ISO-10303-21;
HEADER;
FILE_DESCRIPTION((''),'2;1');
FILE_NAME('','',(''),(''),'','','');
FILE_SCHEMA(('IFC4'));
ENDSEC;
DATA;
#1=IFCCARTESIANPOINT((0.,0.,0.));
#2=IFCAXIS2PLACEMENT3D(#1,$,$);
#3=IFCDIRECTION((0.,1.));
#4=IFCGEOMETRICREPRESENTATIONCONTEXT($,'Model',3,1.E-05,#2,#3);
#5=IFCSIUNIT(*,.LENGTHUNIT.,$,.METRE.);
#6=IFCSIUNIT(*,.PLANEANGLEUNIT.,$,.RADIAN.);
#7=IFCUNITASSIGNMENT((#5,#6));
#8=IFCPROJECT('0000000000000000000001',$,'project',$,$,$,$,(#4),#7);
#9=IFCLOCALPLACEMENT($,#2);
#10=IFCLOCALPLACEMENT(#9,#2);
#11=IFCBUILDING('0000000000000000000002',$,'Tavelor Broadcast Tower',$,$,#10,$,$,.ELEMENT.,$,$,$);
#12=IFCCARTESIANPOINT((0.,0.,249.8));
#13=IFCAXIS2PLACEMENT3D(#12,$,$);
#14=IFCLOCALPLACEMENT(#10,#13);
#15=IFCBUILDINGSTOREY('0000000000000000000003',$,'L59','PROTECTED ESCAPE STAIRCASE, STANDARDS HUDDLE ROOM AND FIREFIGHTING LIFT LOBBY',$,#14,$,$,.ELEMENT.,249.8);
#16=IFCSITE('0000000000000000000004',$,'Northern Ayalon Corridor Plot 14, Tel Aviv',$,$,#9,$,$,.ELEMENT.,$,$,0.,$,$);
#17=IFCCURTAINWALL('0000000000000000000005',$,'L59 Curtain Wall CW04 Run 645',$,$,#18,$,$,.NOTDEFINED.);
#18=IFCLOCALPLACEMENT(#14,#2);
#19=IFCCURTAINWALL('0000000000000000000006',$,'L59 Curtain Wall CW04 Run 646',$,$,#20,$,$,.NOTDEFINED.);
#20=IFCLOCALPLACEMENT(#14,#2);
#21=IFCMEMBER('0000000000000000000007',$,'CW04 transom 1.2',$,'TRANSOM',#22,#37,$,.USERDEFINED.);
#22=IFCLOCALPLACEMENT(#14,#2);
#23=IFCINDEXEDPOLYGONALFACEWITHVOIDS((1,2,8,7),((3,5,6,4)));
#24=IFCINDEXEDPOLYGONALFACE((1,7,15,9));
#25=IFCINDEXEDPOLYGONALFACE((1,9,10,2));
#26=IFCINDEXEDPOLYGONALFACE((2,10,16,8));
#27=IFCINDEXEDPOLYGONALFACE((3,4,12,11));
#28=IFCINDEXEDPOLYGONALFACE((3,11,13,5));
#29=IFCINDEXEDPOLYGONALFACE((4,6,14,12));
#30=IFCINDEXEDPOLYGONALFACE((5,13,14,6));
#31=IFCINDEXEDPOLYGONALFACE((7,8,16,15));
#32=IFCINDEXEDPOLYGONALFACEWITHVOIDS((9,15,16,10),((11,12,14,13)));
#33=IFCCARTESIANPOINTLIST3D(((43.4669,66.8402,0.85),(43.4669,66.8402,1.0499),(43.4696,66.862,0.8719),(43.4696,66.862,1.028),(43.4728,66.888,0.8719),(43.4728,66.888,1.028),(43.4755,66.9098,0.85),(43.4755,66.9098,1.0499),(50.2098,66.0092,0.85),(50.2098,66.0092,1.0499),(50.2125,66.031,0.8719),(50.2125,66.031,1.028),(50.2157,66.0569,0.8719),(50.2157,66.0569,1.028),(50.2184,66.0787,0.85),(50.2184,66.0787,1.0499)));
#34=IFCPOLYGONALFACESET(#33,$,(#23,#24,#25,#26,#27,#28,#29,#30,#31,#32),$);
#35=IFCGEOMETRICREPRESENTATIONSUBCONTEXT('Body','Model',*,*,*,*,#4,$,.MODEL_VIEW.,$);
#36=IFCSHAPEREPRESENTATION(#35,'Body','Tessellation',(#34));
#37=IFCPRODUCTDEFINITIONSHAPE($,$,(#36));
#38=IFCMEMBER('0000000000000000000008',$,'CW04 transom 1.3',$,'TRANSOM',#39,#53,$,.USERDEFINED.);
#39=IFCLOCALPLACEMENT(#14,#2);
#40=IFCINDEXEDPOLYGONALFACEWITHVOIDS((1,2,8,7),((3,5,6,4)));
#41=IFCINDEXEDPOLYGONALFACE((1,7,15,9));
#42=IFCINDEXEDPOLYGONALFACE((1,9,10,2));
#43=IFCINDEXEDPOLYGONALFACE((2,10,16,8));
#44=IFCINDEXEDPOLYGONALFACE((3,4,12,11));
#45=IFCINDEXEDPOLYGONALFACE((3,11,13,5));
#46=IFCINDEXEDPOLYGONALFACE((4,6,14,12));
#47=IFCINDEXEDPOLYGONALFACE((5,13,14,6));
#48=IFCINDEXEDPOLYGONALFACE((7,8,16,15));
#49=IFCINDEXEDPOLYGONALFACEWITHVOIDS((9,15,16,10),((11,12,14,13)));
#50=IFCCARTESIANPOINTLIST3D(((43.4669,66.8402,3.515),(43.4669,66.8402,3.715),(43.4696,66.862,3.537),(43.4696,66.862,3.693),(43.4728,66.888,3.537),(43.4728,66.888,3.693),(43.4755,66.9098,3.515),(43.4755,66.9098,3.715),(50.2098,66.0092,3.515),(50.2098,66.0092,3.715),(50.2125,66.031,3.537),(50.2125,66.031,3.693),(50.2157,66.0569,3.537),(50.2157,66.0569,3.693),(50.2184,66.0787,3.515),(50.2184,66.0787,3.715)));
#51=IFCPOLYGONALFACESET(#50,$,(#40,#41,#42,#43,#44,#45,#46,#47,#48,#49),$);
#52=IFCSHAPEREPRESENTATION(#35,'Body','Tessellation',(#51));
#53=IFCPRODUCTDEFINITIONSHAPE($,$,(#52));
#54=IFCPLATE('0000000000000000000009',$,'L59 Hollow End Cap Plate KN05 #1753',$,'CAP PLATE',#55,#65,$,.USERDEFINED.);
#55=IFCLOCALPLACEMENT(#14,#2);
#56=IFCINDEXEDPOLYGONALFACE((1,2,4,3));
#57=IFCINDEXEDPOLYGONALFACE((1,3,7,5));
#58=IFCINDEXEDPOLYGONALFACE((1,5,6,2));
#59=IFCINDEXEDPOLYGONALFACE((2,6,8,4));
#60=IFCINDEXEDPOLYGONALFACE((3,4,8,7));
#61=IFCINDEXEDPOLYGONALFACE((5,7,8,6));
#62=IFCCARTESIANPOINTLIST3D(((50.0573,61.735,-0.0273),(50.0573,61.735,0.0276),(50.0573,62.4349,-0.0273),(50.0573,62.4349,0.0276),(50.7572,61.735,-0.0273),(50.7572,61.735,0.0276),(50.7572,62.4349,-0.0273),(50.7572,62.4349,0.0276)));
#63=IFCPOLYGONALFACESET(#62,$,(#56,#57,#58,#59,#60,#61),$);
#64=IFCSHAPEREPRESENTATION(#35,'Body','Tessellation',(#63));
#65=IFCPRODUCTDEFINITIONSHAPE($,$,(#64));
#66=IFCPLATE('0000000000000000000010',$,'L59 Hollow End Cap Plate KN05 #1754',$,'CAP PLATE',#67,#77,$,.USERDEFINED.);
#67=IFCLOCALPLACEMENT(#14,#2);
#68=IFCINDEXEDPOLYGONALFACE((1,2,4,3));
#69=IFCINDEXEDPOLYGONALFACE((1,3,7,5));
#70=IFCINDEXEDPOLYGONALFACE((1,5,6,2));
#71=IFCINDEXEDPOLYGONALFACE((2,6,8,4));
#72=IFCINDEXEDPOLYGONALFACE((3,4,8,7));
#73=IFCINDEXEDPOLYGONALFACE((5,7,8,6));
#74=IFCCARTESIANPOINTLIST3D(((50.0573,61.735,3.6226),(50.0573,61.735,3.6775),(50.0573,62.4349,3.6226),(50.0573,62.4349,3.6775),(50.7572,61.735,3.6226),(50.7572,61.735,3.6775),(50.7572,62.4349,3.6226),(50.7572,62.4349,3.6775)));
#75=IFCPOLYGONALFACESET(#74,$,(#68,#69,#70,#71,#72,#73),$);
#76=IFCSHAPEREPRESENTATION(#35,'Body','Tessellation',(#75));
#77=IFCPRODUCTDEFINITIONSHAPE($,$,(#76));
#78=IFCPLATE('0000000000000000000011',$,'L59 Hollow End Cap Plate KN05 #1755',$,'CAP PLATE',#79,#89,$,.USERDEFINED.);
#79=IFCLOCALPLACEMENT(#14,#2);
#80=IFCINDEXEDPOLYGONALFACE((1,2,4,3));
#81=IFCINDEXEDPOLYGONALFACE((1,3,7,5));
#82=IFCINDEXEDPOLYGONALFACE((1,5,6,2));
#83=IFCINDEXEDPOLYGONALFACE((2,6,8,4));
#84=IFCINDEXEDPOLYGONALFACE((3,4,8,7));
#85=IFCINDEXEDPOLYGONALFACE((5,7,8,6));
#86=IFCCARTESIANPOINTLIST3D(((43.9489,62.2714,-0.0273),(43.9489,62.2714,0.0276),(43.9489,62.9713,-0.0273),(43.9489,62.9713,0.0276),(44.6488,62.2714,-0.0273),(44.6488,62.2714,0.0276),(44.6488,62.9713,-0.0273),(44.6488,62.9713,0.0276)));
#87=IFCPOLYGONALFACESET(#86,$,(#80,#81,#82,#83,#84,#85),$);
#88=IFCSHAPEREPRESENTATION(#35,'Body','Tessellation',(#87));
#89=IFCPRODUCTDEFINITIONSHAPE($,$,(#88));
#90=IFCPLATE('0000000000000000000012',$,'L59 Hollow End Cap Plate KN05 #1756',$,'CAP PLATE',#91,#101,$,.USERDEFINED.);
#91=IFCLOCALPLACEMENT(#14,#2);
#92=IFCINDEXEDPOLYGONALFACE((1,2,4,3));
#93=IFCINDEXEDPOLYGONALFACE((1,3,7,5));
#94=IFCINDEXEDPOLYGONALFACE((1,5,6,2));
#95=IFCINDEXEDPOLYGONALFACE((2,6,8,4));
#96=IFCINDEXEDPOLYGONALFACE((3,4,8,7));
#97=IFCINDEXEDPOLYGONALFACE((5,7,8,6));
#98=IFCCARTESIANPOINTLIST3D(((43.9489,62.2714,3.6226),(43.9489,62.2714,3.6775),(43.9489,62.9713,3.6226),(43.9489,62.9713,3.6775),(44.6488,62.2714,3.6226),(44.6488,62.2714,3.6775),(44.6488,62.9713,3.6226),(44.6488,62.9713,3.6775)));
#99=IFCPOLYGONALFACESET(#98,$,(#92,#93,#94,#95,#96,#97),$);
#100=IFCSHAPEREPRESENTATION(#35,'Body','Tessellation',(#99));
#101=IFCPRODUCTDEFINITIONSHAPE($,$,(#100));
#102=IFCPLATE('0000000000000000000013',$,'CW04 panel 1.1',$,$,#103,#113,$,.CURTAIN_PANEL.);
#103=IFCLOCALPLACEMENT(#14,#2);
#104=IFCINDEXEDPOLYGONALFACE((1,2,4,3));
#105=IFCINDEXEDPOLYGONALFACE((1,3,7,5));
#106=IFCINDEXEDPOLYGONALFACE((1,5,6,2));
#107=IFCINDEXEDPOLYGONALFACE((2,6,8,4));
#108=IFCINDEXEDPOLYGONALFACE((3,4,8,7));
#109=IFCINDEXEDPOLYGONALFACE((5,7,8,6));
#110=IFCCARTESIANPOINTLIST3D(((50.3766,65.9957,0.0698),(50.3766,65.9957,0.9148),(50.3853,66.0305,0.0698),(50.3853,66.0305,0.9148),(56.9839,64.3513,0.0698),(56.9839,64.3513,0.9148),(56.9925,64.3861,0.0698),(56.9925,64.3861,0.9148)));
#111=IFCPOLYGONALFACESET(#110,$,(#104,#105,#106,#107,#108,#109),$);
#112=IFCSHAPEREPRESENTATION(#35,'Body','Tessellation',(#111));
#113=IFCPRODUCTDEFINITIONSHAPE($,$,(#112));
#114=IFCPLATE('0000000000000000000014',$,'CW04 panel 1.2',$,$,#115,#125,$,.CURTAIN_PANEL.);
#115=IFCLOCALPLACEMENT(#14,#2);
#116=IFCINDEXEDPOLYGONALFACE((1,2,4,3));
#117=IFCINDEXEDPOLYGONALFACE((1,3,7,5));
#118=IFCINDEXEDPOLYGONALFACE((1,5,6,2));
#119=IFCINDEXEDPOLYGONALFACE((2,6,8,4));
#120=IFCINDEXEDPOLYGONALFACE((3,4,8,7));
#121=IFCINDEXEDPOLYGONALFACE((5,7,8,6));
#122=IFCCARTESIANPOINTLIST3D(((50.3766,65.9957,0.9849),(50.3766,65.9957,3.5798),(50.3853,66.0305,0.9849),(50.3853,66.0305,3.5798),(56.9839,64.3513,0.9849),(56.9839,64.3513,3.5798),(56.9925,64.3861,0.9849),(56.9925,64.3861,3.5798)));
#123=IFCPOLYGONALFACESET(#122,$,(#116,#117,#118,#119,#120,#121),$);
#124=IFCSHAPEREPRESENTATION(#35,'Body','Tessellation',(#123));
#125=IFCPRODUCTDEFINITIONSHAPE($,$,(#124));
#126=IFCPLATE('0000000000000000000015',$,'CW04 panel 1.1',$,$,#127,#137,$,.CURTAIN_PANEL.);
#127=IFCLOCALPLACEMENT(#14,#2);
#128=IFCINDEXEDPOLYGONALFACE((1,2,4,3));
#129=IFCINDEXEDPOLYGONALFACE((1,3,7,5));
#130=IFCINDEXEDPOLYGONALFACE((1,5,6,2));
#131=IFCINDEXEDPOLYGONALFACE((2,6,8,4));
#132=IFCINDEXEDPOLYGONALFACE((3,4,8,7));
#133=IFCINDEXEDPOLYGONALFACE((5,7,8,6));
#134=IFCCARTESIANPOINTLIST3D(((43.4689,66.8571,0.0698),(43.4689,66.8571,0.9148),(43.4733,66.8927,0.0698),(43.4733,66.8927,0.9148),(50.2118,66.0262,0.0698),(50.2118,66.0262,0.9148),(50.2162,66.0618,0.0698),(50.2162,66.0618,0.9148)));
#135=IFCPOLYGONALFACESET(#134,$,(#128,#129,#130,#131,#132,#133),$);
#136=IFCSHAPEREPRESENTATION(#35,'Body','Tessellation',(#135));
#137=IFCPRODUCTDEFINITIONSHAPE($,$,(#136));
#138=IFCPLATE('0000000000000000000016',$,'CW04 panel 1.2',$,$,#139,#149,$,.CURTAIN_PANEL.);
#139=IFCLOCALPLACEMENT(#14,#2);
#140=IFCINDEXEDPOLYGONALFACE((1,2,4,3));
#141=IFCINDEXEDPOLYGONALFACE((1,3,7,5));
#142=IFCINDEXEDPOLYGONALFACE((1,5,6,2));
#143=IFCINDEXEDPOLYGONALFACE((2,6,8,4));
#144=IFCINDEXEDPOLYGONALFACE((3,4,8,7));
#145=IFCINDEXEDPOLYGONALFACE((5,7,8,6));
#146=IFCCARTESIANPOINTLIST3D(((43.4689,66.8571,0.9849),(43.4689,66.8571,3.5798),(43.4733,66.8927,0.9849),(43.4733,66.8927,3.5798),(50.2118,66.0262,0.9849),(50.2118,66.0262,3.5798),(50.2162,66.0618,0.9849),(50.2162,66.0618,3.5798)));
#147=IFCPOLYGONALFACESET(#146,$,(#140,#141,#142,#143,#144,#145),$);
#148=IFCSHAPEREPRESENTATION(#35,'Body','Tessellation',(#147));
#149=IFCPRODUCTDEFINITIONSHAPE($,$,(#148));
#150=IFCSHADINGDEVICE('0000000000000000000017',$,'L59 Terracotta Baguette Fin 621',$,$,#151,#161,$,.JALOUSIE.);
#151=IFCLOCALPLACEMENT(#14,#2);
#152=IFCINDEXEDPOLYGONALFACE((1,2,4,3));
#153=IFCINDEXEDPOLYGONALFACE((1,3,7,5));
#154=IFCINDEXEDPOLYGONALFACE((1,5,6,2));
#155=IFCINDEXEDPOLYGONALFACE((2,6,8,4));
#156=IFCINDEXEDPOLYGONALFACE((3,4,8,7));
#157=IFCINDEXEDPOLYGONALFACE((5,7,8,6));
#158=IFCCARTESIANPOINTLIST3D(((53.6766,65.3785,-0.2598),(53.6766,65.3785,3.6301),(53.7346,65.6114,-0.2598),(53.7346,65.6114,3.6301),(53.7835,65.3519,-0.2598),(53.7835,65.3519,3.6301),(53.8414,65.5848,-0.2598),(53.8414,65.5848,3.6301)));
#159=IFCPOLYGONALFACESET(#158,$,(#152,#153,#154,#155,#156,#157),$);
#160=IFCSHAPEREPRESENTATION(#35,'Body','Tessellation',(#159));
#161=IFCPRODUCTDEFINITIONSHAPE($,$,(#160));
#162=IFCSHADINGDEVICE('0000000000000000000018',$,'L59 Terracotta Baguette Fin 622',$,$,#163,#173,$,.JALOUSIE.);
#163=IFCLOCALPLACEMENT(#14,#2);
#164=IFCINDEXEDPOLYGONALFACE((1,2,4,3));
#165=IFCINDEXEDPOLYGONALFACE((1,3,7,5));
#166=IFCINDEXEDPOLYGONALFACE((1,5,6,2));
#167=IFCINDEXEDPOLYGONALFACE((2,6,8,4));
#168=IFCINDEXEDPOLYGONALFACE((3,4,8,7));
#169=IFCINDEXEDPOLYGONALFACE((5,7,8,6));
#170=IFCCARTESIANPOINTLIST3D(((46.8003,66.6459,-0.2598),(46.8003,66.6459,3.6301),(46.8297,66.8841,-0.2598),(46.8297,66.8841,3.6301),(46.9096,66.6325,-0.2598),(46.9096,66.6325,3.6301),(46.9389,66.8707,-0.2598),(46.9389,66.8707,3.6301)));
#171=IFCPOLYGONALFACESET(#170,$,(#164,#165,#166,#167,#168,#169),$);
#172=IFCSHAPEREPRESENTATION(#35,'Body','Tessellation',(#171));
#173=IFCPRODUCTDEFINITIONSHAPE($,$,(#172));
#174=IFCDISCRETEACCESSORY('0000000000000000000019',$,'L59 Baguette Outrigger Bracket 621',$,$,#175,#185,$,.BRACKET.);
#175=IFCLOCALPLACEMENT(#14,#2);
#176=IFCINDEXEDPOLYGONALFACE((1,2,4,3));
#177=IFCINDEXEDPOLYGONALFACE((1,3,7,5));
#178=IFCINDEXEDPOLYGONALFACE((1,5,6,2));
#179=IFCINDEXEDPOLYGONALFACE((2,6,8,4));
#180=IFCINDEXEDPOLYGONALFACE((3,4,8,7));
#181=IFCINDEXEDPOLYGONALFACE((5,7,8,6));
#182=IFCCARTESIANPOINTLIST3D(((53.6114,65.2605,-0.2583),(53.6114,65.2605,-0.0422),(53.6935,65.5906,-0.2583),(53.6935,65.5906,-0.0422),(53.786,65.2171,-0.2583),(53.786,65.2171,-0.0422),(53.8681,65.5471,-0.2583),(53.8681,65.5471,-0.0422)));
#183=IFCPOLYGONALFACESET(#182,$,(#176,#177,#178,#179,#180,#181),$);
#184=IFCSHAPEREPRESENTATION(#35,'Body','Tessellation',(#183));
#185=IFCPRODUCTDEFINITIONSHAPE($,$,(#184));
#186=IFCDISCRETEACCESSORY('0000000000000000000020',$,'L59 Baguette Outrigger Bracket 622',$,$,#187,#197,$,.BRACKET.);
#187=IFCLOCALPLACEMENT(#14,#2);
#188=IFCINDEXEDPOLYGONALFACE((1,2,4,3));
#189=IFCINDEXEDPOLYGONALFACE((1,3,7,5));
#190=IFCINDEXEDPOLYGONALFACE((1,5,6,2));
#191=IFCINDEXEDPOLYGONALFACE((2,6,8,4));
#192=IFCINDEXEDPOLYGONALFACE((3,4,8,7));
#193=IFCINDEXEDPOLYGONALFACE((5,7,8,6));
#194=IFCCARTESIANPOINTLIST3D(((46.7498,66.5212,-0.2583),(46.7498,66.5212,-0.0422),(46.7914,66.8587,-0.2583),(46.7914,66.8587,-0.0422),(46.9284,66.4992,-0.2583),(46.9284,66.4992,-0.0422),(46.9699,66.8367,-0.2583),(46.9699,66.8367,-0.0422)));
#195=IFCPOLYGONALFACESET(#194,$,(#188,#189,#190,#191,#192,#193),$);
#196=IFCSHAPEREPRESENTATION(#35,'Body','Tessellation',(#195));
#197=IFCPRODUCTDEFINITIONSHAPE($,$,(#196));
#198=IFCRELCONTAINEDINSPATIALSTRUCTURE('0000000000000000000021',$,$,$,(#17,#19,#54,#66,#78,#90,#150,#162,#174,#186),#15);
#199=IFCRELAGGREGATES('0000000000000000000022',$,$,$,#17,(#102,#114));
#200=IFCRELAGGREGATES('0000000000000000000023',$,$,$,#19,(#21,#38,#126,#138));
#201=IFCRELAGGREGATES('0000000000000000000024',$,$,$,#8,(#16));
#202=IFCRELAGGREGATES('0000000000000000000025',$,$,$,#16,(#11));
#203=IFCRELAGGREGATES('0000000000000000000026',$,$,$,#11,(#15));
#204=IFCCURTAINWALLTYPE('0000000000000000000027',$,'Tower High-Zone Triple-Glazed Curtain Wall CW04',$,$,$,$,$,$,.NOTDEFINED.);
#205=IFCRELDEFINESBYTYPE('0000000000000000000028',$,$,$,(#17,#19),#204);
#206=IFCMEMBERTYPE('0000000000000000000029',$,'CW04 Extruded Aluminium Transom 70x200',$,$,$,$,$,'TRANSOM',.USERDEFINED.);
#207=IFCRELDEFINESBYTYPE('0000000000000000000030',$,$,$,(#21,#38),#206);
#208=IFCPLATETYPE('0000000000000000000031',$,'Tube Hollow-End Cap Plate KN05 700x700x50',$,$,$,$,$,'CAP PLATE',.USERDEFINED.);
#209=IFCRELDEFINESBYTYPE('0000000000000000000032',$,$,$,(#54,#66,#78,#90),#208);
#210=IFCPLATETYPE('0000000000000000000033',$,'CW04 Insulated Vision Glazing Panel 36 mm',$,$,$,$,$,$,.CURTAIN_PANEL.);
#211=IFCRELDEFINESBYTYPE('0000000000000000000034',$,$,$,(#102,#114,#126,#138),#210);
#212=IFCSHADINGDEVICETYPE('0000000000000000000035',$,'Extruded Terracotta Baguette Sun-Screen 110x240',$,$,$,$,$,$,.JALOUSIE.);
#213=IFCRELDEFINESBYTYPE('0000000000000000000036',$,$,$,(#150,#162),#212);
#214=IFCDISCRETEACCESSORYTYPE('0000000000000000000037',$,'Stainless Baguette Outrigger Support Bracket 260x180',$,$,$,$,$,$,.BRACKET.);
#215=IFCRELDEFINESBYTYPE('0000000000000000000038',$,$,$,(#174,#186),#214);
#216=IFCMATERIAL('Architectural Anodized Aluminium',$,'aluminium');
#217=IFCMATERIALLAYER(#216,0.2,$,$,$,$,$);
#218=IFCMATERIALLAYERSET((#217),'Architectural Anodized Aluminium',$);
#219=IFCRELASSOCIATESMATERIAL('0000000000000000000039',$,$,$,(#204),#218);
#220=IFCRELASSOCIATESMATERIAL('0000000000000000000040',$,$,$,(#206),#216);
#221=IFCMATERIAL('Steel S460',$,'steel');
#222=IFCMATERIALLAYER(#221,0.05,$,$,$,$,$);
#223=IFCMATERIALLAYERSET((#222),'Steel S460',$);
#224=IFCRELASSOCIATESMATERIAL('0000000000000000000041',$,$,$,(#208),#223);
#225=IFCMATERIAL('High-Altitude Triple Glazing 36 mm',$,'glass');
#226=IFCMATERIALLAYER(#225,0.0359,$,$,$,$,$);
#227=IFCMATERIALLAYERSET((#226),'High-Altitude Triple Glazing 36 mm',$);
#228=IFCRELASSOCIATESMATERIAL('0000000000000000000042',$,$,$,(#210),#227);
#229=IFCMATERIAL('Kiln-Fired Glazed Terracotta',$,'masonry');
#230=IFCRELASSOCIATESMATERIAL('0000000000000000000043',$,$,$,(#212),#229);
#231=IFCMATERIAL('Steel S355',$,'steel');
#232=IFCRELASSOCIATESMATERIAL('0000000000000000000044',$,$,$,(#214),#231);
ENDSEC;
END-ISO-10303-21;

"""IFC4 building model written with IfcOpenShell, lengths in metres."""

from ifc_helpers import new_model, si_unit, direction, frame, origin, origin_2d, place, context, subcontext, project, spatial, rectangle, hollow_rectangle, extrude, source, transform, mapped, material, layer, layer_set, material_profile, profile_set, type_object, type_shapes, element, aggregate, save


model = new_model("IFC4")

# Units and contexts
model_context = context("Model", 3, precision=1e-05, world=origin(), true_north=direction((0.0, 1.0)))
body_context = subcontext(model_context, "Body", "Model", "MODEL_VIEW")
ifc_project = project(units=[si_unit("LENGTHUNIT", "METRE"), si_unit("PLANEANGLEUNIT", "RADIAN")], contexts=[model_context])

# Site, building, storey
site_placement = place(None, origin())
site = spatial("IfcSite", under=ifc_project, at=site_placement, Name="Northern Ayalon Corridor Plot 14, Tel Aviv", CompositionType="ELEMENT", RefElevation=0.0)
building_placement = place(site_placement, origin())
building = spatial("IfcBuilding", under=site, at=building_placement, Name="Tavelor Broadcast Tower", CompositionType="ELEMENT")
storey_placement = place(building_placement, frame((0.0, 0.0, 249.8)))
storey = spatial("IfcBuildingStorey", under=building, at=storey_placement, Name="L59", Description="PROTECTED ESCAPE STAIRCASE, STANDARDS HUDDLE ROOM AND FIREFIGHTING LIFT LOBBY", CompositionType="ELEMENT", Elevation=249.8)

# Shared definitions
ifc_material_1 = material(Name="Steel S460", Category="steel")

# Shared definitions
ifc_material_2 = material(Name="Steel S355", Category="steel")

# Curtain wall
ifc_material_3 = material(Name="Architectural Anodized Aluminium", Category="aluminium")
ifc_layer_1 = layer(ifc_material_3, 0.2)
ifc_layer_set_1 = layer_set([ifc_layer_1], Name="Architectural Anodized Aluminium")
curtain_wall_type = type_object("IfcCurtainWallType", Name="Tower High-Zone Triple-Glazed Curtain Wall CW04", PredefinedType="NOTDEFINED", material=ifc_layer_set_1)
curtain_wall_1_placement = place(storey_placement, origin())
curtain_wall_1 = element("IfcCurtainWall", 1, at=curtain_wall_1_placement, inside=storey, type_object=curtain_wall_type, Name="L59 Curtain Wall CW04 Run 645", PredefinedType="NOTDEFINED")

# Curtain wall, members
curtain_wall_2_placement = place(storey_placement, origin())
curtain_wall_2 = element("IfcCurtainWall", 2, at=curtain_wall_2_placement, inside=storey, type_object=curtain_wall_type, Name="L59 Curtain Wall CW04 Run 646", PredefinedType="NOTDEFINED")
ifc_material_profile_1 = material_profile(ifc_material_3, hollow_rectangle(XDim=0.0701, YDim=0.2, WallThickness=0.022, at=origin_2d()), Name="RHS 70x200x22")
ifc_profile_set_1 = profile_set([ifc_material_profile_1], Name="Architectural Anodized Aluminium")
member_type_1 = type_object("IfcMemberType", Name="CW04 Extruded Aluminium Transom 70x200", ElementType="TRANSOM", PredefinedType="USERDEFINED", material=ifc_profile_set_1)
shared_shape_1 = source(origin(), body_context, "Body", "SweptSolid", [
    extrude(hollow_rectangle(XDim=0.0701, YDim=0.2, WallThickness=0.022, at=origin_2d()), origin(), (0.0, 0.0, 1.0), 6.7939),
])
type_shapes(member_type_1, [shared_shape_1])
member_1_placement = place(storey_placement, frame((50.2141, 66.0439, 0.95), z_axis=(-0.99249, 0.122323, 0.0), x_axis=(-0.122323, -0.99249, 0.0)))
member_1 = element("IfcMember", 3, at=member_1_placement, type_object=member_type_1, Name="CW04 transom 1.2", ObjectType="TRANSOM", PredefinedType="USERDEFINED", context=body_context, shape_type="MappedRepresentation", body=[
    mapped(shared_shape_1, transform((0.0, 0.0, 0.0), scale=1.0)),
])
member_2_placement = place(storey_placement, frame((50.2141, 66.0439, 3.615), z_axis=(-0.99249, 0.122323, 0.0), x_axis=(-0.122323, -0.99249, 0.0)))
member_2 = element("IfcMember", 4, at=member_2_placement, type_object=member_type_1, Name="CW04 transom 1.3", ObjectType="TRANSOM", PredefinedType="USERDEFINED", context=body_context, shape_type="MappedRepresentation", body=[
    mapped(shared_shape_1, transform((0.0, 0.0, 0.0), scale=1.0)),
])

# Plates
ifc_layer_2 = layer(ifc_material_1, 0.05)
ifc_layer_set_2 = layer_set([ifc_layer_2], Name="Steel S460")
plate_type_1 = type_object("IfcPlateType", Name="Tube Hollow-End Cap Plate KN05 700x700x50", ElementType="CAP PLATE", PredefinedType="USERDEFINED", material=ifc_layer_set_2)
shared_shape_2 = source(origin(), body_context, "Body", "SweptSolid", [
    extrude(rectangle(XDim=0.7, YDim=0.7, at=origin_2d()), origin(), (0.0, 0.0, 1.0), 0.0549),
])
type_shapes(plate_type_1, [shared_shape_2])
for number, where, z_axis, x_axis, name in (
    (5, (50.4072, 62.085, -0.0273), (0.0, 0.0, 1.0), (1.0, 0.0, 0.0), "L59 Hollow End Cap Plate KN05 #1753"),
    (6, (50.4072, 62.085, 3.6226), (0.0, 0.0, 1.0), (1.0, 0.0, 0.0), "L59 Hollow End Cap Plate KN05 #1754"),
    (7, (44.2988, 62.6213, -0.0273), (0.0, 0.0, 1.0), (1.0, 0.0, 0.0), "L59 Hollow End Cap Plate KN05 #1755"),
    (8, (44.2988, 62.6213, 3.6226), (0.0, 0.0, 1.0), (1.0, 0.0, 0.0), "L59 Hollow End Cap Plate KN05 #1756"),
):
    element("IfcPlate", number, at=place(storey_placement, frame(where, z_axis=z_axis, x_axis=x_axis)), inside=storey, type_object=plate_type_1, Name=name, ObjectType="CAP PLATE", PredefinedType="USERDEFINED", context=body_context, shape_type="MappedRepresentation", body=[
        mapped(shared_shape_2, transform((0.0, 0.0, 0.0), scale=1.0)),
    ])

# Plates
ifc_material_4 = material(Name="High-Altitude Triple Glazing 36 mm", Category="glass")
ifc_layer_3 = layer(ifc_material_4, 0.0359)
ifc_layer_set_3 = layer_set([ifc_layer_3], Name="High-Altitude Triple Glazing 36 mm")
plate_type_2 = type_object("IfcPlateType", Name="CW04 Insulated Vision Glazing Panel 36 mm", PredefinedType="CURTAIN_PANEL", material=ifc_layer_set_3)
shared_shape_3 = source(origin(), body_context, "Body", "SweptSolid", [
    extrude(rectangle(XDim=6.8088, YDim=0.0359, at=origin_2d()), origin(), (0.0, 0.0, 1.0), 0.845),
])
plate_1_placement = place(storey_placement, frame((53.6846, 65.1909, 0.0698), z_axis=(0.0, 0.0, 1.0), x_axis=(-0.970399, 0.241506, 0.0)))
plate_1 = element("IfcPlate", 9, at=plate_1_placement, type_object=plate_type_2, Name="CW04 panel 1.1", PredefinedType="CURTAIN_PANEL", context=body_context, shape_type="MappedRepresentation", body=[
    mapped(shared_shape_3, transform((0.0, 0.0, 0.0), scale=1.0)),
])
shared_shape_4 = source(origin(), body_context, "Body", "SweptSolid", [
    extrude(rectangle(XDim=6.8088, YDim=0.0359, at=origin_2d()), origin(), (0.0, 0.0, 1.0), 2.595),
])
plate_2_placement = place(storey_placement, frame((53.6846, 65.1909, 0.9849), z_axis=(0.0, 0.0, 1.0), x_axis=(-0.970399, 0.241506, 0.0)))
plate_2 = element("IfcPlate", 10, at=plate_2_placement, type_object=plate_type_2, Name="CW04 panel 1.2", PredefinedType="CURTAIN_PANEL", context=body_context, shape_type="MappedRepresentation", body=[
    mapped(shared_shape_4, transform((0.0, 0.0, 0.0), scale=1.0)),
])
aggregate(curtain_wall_1, [plate_1, plate_2])
shared_shape_5 = source(origin(), body_context, "Body", "SweptSolid", [
    extrude(rectangle(XDim=6.7939, YDim=0.0359, at=origin_2d()), origin(), (0.0, 0.0, 1.0), 0.845),
])
plate_3_placement = place(storey_placement, frame((46.8425, 66.4595, 0.0698), z_axis=(0.0, 0.0, 1.0), x_axis=(-0.992493, 0.122299, 0.0)))
plate_3 = element("IfcPlate", 11, at=plate_3_placement, type_object=plate_type_2, Name="CW04 panel 1.1", PredefinedType="CURTAIN_PANEL", context=body_context, shape_type="MappedRepresentation", body=[
    mapped(shared_shape_5, transform((0.0, 0.0, 0.0), scale=1.0)),
])
shared_shape_6 = source(origin(), body_context, "Body", "SweptSolid", [
    extrude(rectangle(XDim=6.7939, YDim=0.0359, at=origin_2d()), origin(), (0.0, 0.0, 1.0), 2.595),
])
type_shapes(plate_type_2, [shared_shape_3, shared_shape_4, shared_shape_5, shared_shape_6])
plate_4_placement = place(storey_placement, frame((46.8425, 66.4595, 0.9849), z_axis=(0.0, 0.0, 1.0), x_axis=(-0.992493, 0.122299, 0.0)))
plate_4 = element("IfcPlate", 12, at=plate_4_placement, type_object=plate_type_2, Name="CW04 panel 1.2", PredefinedType="CURTAIN_PANEL", context=body_context, shape_type="MappedRepresentation", body=[
    mapped(shared_shape_6, transform((0.0, 0.0, 0.0), scale=1.0)),
])
aggregate(curtain_wall_2, [member_1, member_2, plate_3, plate_4])

# Shading devices
ifc_material_5 = material(Name="Kiln-Fired Glazed Terracotta", Category="masonry")
shading_device_type = type_object("IfcShadingDeviceType", Name="Extruded Terracotta Baguette Sun-Screen 110x240", PredefinedType="JALOUSIE", material=ifc_material_5)
shared_shape_7 = source(origin(), body_context, "Body", "SweptSolid", [
    extrude(rectangle(XDim=0.1101, YDim=0.24, at=origin_2d()), origin(), (0.0, 0.0, 1.0), 3.8899),
])
type_shapes(shading_device_type, [shared_shape_7])
for number, where, z_axis, x_axis, name in (
    (13, (53.759, 65.4817, -0.2598), (0.0, 0.0, 1.0), (-0.97038, 0.241583, 0.0), "L59 Terracotta Baguette Fin 621"),
    (14, (46.8696, 66.7583, -0.2598), (0.0, 0.0, 1.0), (-0.992504, 0.122216, 0.0), "L59 Terracotta Baguette Fin 622"),
):
    element("IfcShadingDevice", number, at=place(storey_placement, frame(where, z_axis=z_axis, x_axis=x_axis)), inside=storey, type_object=shading_device_type, Name=name, PredefinedType="JALOUSIE", context=body_context, shape_type="MappedRepresentation", body=[
        mapped(shared_shape_7, transform((0.0, 0.0, 0.0), scale=1.0)),
    ])

# Discrete accessories
discrete_accessory_type = type_object("IfcDiscreteAccessoryType", Name="Stainless Baguette Outrigger Support Bracket 260x180", PredefinedType="BRACKET", material=ifc_material_2)
shared_shape_8 = source(origin(), body_context, "Body", "SweptSolid", [
    extrude(rectangle(XDim=0.1799, YDim=0.3401, at=origin_2d()), origin(), (0.0, 0.0, 1.0), 0.2161),
])
type_shapes(discrete_accessory_type, [shared_shape_8])
for number, where, z_axis, x_axis, name in (
    (15, (53.7397, 65.4038, -0.2583), (0.0, 0.0, 1.0), (-0.97038, 0.241583, 0.0), "L59 Baguette Outrigger Bracket 621"),
    (16, (46.8599, 66.679, -0.2583), (0.0, 0.0, 1.0), (-0.992504, 0.122216, 0.0), "L59 Baguette Outrigger Bracket 622"),
):
    element("IfcDiscreteAccessory", number, at=place(storey_placement, frame(where, z_axis=z_axis, x_axis=x_axis)), inside=storey, type_object=discrete_accessory_type, Name=name, PredefinedType="BRACKET", context=body_context, shape_type="MappedRepresentation", body=[
        mapped(shared_shape_8, transform((0.0, 0.0, 0.0), scale=1.0)),
    ])

save(model, "model.ifc")
